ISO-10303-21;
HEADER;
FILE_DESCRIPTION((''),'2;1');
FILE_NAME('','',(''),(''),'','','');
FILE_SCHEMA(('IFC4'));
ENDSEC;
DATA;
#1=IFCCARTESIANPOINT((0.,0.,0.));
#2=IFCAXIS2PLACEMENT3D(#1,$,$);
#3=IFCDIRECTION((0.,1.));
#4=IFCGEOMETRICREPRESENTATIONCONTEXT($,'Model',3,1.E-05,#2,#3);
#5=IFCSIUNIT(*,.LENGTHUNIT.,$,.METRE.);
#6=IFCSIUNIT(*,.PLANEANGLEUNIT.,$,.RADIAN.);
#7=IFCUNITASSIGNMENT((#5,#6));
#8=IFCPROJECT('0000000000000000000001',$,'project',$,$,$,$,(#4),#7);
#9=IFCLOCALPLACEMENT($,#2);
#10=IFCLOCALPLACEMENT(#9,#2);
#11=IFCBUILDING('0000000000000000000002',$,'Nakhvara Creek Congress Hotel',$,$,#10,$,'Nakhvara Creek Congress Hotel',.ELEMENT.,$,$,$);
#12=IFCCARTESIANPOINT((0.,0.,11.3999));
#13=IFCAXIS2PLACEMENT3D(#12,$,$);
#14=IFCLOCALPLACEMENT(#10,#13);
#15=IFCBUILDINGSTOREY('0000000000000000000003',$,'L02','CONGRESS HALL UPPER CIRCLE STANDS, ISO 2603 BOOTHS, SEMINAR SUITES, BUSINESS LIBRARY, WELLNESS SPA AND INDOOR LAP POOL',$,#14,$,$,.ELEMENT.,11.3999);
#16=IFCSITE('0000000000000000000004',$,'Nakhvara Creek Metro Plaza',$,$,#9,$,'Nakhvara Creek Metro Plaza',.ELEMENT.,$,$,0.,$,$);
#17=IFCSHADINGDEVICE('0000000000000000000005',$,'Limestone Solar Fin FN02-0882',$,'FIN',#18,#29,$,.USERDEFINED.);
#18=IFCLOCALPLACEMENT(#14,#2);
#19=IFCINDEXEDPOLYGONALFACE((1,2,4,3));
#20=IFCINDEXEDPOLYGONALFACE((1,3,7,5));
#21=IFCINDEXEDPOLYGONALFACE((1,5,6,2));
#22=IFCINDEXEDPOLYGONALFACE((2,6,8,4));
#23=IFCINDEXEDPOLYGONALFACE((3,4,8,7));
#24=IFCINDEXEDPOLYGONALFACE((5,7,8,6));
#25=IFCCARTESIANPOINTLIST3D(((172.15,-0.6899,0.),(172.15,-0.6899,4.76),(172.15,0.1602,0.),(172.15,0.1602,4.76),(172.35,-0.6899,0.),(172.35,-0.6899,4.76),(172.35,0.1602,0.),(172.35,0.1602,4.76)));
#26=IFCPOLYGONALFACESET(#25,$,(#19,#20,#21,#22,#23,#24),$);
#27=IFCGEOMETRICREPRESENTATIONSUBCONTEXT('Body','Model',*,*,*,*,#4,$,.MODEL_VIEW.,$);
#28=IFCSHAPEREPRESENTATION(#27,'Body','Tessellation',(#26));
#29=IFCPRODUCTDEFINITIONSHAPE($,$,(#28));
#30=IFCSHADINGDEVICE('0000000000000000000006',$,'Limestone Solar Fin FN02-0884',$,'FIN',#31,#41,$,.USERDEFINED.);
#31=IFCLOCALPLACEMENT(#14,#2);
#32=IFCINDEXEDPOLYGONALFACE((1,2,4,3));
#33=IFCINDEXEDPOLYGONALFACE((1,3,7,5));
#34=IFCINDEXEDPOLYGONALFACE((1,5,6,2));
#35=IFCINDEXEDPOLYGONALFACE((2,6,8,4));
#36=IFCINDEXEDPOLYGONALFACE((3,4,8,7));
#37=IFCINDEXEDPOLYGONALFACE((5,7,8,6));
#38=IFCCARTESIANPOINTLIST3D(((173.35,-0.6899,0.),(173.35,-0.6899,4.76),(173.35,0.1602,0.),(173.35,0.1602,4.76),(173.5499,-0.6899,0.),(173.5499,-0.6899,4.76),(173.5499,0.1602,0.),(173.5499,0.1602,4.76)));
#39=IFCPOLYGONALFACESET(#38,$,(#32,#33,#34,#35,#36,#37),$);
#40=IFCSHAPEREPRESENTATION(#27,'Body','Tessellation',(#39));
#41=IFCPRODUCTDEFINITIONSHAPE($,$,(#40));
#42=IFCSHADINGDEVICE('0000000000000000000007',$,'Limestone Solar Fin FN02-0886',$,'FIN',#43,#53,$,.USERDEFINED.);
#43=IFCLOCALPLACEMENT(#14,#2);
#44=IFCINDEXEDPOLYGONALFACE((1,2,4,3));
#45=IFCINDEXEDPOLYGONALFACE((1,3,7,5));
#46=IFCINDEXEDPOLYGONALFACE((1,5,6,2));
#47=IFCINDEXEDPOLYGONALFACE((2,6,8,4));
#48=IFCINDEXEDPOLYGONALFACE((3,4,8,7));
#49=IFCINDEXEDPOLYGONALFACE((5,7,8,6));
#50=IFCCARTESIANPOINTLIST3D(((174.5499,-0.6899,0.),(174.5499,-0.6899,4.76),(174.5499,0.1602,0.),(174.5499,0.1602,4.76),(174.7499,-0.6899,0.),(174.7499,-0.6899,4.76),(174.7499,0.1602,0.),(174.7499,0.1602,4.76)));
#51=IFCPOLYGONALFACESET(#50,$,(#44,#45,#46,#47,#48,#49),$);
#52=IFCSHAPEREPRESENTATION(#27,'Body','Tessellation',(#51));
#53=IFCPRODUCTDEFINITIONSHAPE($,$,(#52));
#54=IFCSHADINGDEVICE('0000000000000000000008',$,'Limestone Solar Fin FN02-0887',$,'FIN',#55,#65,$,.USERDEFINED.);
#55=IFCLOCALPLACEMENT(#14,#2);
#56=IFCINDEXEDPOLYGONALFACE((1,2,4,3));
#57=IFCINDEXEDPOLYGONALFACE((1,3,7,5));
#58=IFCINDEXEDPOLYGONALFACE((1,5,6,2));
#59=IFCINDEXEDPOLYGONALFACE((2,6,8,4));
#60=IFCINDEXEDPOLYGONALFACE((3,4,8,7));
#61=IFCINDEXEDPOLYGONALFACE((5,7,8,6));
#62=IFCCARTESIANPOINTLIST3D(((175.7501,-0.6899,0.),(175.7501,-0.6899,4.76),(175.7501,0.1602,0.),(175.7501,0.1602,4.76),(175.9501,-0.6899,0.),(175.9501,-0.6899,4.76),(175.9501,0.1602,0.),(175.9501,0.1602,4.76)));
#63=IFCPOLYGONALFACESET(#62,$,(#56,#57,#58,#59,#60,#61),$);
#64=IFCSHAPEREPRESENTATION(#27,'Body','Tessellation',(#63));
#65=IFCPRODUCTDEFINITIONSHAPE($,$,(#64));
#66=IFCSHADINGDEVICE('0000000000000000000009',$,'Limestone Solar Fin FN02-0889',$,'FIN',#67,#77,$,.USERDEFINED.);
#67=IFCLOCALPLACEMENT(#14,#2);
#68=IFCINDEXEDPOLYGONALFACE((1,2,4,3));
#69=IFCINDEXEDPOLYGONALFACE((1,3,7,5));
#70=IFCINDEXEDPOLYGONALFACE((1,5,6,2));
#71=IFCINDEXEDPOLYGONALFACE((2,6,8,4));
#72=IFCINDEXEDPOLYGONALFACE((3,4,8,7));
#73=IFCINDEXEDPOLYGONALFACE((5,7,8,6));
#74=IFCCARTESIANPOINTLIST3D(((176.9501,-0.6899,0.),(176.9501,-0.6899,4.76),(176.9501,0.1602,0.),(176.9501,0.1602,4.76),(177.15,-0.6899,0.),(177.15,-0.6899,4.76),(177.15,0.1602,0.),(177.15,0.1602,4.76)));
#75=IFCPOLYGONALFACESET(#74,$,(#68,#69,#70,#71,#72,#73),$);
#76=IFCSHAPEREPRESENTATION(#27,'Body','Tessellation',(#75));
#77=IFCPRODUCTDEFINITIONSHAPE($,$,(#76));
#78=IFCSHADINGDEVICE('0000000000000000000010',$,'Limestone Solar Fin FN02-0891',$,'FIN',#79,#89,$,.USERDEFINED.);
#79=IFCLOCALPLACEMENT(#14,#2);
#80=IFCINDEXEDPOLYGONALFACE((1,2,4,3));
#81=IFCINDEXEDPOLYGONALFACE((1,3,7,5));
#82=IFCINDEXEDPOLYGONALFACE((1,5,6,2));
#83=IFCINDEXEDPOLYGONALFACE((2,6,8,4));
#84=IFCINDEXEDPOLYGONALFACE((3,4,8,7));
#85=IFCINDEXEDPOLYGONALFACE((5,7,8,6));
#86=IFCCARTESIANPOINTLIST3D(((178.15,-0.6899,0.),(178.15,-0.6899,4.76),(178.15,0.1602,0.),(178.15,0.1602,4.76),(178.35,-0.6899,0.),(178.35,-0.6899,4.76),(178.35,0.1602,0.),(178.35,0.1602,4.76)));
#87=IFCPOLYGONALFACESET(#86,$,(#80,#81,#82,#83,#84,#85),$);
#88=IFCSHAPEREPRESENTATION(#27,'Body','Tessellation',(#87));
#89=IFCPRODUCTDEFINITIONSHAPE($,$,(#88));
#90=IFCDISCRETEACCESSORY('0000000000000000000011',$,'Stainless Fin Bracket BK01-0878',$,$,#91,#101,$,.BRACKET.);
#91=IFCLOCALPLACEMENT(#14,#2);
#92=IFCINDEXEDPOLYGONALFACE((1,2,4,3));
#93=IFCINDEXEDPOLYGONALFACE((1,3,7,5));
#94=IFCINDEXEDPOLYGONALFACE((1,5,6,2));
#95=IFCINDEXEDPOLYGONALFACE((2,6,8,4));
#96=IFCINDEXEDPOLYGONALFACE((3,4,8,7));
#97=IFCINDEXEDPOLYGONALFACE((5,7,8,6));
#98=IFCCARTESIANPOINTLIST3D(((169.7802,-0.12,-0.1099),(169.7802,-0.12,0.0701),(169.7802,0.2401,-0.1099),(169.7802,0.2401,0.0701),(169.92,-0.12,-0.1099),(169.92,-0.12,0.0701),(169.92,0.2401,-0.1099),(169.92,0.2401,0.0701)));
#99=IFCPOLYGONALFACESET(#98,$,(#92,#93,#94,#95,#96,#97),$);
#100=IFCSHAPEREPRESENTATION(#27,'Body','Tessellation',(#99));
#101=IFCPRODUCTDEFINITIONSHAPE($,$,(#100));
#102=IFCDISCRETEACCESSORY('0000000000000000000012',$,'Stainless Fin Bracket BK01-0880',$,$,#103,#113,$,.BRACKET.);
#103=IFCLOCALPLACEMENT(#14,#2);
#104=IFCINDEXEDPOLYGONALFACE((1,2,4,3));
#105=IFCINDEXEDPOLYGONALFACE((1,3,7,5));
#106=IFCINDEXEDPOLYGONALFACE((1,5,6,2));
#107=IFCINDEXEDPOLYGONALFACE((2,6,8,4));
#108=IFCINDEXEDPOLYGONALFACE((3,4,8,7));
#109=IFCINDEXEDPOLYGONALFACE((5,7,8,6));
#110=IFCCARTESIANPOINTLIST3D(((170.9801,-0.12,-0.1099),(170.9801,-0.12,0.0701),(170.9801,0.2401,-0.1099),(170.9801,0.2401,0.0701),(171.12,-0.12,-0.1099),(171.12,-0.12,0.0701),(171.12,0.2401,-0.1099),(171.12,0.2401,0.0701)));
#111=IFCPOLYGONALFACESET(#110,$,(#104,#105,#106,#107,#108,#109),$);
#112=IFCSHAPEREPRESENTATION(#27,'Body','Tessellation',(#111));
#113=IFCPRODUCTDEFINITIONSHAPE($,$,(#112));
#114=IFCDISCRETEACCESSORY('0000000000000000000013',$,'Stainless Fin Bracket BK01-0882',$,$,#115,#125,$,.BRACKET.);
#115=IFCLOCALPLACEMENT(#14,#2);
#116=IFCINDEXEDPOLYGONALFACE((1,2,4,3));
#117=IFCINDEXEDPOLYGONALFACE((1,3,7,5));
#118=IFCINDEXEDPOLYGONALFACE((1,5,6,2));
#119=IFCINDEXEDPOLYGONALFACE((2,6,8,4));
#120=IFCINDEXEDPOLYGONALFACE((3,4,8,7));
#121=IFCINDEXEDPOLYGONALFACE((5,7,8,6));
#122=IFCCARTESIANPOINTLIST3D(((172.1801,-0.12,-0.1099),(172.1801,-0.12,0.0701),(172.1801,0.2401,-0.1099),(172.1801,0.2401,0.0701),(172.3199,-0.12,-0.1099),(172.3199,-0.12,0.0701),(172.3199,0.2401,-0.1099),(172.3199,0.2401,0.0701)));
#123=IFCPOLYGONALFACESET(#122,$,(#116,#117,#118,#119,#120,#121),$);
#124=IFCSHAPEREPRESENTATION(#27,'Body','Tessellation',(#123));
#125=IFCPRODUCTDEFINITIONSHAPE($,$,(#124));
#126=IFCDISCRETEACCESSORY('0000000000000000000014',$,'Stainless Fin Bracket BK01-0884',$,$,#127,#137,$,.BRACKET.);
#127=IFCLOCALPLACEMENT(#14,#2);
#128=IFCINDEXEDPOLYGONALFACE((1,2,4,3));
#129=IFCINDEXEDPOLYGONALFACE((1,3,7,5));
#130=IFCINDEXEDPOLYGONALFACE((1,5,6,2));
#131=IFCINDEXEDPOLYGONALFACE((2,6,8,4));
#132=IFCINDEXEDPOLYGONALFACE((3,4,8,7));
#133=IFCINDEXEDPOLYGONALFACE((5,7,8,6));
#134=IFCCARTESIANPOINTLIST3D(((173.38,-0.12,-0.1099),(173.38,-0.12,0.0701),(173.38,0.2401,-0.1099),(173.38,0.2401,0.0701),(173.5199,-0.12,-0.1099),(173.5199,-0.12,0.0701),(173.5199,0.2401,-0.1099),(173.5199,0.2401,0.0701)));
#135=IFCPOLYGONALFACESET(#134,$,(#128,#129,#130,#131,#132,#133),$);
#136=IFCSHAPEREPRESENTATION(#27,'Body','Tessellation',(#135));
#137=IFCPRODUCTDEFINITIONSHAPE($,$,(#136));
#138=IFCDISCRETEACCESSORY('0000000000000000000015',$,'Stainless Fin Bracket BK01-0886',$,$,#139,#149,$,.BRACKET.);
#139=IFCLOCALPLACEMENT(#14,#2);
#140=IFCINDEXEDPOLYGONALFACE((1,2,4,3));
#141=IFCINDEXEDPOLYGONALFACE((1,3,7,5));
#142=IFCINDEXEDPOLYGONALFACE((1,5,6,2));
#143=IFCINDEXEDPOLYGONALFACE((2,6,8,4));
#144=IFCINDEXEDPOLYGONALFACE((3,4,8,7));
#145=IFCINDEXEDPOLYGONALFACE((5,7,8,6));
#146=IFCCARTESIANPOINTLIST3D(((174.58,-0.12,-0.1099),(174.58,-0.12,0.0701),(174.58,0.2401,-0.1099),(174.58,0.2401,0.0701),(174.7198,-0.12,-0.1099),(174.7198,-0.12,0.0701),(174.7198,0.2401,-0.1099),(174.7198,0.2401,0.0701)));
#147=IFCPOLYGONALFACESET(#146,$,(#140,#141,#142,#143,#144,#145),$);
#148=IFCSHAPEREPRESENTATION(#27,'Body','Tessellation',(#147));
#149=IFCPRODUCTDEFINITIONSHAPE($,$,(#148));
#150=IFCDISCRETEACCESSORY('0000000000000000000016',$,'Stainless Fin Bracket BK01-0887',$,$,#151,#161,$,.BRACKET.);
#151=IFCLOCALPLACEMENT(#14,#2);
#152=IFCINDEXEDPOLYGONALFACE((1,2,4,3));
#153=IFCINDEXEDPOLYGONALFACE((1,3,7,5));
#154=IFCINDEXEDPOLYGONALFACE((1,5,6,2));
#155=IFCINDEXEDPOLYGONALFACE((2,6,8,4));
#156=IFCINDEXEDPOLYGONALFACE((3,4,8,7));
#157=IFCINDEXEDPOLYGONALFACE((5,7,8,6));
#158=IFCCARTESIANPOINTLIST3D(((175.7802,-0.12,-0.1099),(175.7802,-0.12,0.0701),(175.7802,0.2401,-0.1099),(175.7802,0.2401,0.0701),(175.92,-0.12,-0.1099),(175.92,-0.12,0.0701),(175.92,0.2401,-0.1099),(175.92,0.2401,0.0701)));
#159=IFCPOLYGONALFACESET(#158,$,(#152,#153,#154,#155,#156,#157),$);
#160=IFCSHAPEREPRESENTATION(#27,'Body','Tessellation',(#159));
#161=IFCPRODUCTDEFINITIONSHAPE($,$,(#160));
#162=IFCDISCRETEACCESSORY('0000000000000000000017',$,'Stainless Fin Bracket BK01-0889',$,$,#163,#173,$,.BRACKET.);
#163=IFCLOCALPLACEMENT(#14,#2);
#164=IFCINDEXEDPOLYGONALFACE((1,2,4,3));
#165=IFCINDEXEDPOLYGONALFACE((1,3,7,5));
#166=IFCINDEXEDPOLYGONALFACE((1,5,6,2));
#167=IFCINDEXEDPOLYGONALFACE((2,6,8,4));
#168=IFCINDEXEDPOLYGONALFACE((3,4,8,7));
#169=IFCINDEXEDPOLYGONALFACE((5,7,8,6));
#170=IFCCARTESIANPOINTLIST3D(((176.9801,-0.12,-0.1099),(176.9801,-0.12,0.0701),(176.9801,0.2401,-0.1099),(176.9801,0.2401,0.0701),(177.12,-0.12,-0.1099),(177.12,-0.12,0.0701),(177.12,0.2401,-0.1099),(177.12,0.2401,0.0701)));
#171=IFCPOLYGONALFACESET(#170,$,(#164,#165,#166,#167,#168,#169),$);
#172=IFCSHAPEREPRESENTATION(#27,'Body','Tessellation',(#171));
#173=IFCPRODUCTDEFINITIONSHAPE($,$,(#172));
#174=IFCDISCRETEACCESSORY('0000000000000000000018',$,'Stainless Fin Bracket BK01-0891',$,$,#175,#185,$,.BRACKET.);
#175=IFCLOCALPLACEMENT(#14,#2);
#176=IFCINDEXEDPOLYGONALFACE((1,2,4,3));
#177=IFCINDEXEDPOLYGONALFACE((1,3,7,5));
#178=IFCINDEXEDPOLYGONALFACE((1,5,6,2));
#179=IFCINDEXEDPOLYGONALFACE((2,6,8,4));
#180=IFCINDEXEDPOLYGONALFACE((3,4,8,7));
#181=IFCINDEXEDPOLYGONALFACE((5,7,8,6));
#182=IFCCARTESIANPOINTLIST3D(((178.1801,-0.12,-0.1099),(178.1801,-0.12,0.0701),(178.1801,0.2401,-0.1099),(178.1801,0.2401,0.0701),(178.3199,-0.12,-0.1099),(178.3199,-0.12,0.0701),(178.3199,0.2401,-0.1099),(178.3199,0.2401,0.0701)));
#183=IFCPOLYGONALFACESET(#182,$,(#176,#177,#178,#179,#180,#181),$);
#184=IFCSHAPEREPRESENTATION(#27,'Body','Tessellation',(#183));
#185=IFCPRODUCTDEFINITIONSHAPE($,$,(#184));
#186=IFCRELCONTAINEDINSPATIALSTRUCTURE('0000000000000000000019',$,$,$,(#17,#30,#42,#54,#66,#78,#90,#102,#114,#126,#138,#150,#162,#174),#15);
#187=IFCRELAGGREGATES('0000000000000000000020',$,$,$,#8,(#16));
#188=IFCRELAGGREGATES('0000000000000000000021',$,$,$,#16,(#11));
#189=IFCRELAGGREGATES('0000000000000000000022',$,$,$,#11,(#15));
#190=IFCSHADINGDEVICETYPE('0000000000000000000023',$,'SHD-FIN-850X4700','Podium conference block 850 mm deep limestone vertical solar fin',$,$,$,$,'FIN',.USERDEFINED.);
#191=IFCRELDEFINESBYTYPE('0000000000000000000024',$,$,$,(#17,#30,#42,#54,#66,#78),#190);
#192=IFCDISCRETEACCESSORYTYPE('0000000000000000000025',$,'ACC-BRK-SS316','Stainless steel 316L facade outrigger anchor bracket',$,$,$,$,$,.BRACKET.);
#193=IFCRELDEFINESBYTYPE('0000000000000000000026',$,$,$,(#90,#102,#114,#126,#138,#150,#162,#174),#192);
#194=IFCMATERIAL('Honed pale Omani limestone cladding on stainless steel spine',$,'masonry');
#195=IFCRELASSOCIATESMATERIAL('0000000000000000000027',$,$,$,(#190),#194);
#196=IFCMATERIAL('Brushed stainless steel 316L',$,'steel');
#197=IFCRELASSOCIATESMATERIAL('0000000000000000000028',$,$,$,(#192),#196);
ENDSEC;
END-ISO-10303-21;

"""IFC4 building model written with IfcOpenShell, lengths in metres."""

from ifc_helpers import new_model, si_unit, direction, frame, origin, origin_2d, place, context, subcontext, project, spatial, rectangle, extrude, material, type_object, element, save


model = new_model("IFC4")

# Units and contexts
model_context = context("Model", 3, precision=1e-05, world=origin(), true_north=direction((0.0, 1.0)))
body_context = subcontext(model_context, "Body", "Model", "MODEL_VIEW")
ifc_project = project(units=[si_unit("LENGTHUNIT", "METRE"), si_unit("PLANEANGLEUNIT", "RADIAN")], contexts=[model_context])

# Site, building, storey
site_placement = place(None, origin())
site = spatial("IfcSite", under=ifc_project, at=site_placement, Name="Nakhvara Creek Metro Plaza", LongName="Nakhvara Creek Metro Plaza", CompositionType="ELEMENT", RefElevation=0.0)
building_placement = place(site_placement, origin())
building = spatial("IfcBuilding", under=site, at=building_placement, Name="Nakhvara Creek Congress Hotel", LongName="Nakhvara Creek Congress Hotel", CompositionType="ELEMENT")
storey_placement = place(building_placement, frame((0.0, 0.0, 11.3999)))
storey = spatial("IfcBuildingStorey", under=building, at=storey_placement, Name="L02", Description="CONGRESS HALL UPPER CIRCLE STANDS, ISO 2603 BOOTHS, SEMINAR SUITES, BUSINESS LIBRARY, WELLNESS SPA AND INDOOR LAP POOL", CompositionType="ELEMENT", Elevation=11.3999)

# Shading devices
ifc_material_1 = material(Name="Honed pale Omani limestone cladding on stainless steel spine", Category="masonry")
shading_device_type = type_object("IfcShadingDeviceType", Name="SHD-FIN-850X4700", Description="Podium conference block 850 mm deep limestone vertical solar fin", ElementType="FIN", PredefinedType="USERDEFINED", material=ifc_material_1)
for number, where, z_axis, x_axis, name in (
    (1, (172.25, -0.2649, 0.0), (0.0, 0.0, 1.0), (1.0, 0.0, 0.0), "Limestone Solar Fin FN02-0882"),
    (2, (173.45, -0.2649, 0.0), (0.0, 0.0, 1.0), (1.0, 0.0, 0.0), "Limestone Solar Fin FN02-0884"),
    (3, (174.6499, -0.2649, 0.0), (0.0, 0.0, 1.0), (1.0, 0.0, 0.0), "Limestone Solar Fin FN02-0886"),
    (4, (175.8501, -0.2649, 0.0), (0.0, 0.0, 1.0), (1.0, 0.0, 0.0), "Limestone Solar Fin FN02-0887"),
    (5, (177.05, -0.2649, 0.0), (0.0, 0.0, 1.0), (1.0, 0.0, 0.0), "Limestone Solar Fin FN02-0889"),
    (6, (178.25, -0.2649, 0.0), (0.0, 0.0, 1.0), (1.0, 0.0, 0.0), "Limestone Solar Fin FN02-0891"),
):
    element("IfcShadingDevice", number, at=place(storey_placement, frame(where, z_axis=z_axis, x_axis=x_axis)), inside=storey, type_object=shading_device_type, Name=name, ObjectType="FIN", PredefinedType="USERDEFINED", context=body_context, shape_type="SweptSolid", body=[
        extrude(rectangle(XDim=0.2, YDim=0.8501, at=origin_2d()), origin(), (0.0, 0.0, 1.0), 4.76),
    ])

# Discrete accessories
ifc_material_2 = material(Name="Brushed stainless steel 316L", Category="steel")
discrete_accessory_type = type_object("IfcDiscreteAccessoryType", Name="ACC-BRK-SS316", Description="Stainless steel 316L facade outrigger anchor bracket", PredefinedType="BRACKET", material=ifc_material_2)
for number, where, z_axis, x_axis, name in (
    (7, (169.8501, 0.0601, -0.1099), (0.0, 0.0, 1.0), (1.0, 0.0, 0.0), "Stainless Fin Bracket BK01-0878"),
    (8, (171.05, 0.0601, -0.1099), (0.0, 0.0, 1.0), (1.0, 0.0, 0.0), "Stainless Fin Bracket BK01-0880"),
    (9, (172.25, 0.0601, -0.1099), (0.0, 0.0, 1.0), (1.0, 0.0, 0.0), "Stainless Fin Bracket BK01-0882"),
    (10, (173.45, 0.0601, -0.1099), (0.0, 0.0, 1.0), (1.0, 0.0, 0.0), "Stainless Fin Bracket BK01-0884"),
    (11, (174.6499, 0.0601, -0.1099), (0.0, 0.0, 1.0), (1.0, 0.0, 0.0), "Stainless Fin Bracket BK01-0886"),
    (12, (175.8501, 0.0601, -0.1099), (0.0, 0.0, 1.0), (1.0, 0.0, 0.0), "Stainless Fin Bracket BK01-0887"),
    (13, (177.05, 0.0601, -0.1099), (0.0, 0.0, 1.0), (1.0, 0.0, 0.0), "Stainless Fin Bracket BK01-0889"),
    (14, (178.25, 0.0601, -0.1099), (0.0, 0.0, 1.0), (1.0, 0.0, 0.0), "Stainless Fin Bracket BK01-0891"),
):
    element("IfcDiscreteAccessory", number, at=place(storey_placement, frame(where, z_axis=z_axis, x_axis=x_axis)), inside=storey, type_object=discrete_accessory_type, Name=name, PredefinedType="BRACKET", context=body_context, shape_type="SweptSolid", body=[
        extrude(rectangle(XDim=0.1399, YDim=0.3601, at=origin_2d()), origin(), (0.0, 0.0, 1.0), 0.1799),
    ])

save(model, "model.ifc")
